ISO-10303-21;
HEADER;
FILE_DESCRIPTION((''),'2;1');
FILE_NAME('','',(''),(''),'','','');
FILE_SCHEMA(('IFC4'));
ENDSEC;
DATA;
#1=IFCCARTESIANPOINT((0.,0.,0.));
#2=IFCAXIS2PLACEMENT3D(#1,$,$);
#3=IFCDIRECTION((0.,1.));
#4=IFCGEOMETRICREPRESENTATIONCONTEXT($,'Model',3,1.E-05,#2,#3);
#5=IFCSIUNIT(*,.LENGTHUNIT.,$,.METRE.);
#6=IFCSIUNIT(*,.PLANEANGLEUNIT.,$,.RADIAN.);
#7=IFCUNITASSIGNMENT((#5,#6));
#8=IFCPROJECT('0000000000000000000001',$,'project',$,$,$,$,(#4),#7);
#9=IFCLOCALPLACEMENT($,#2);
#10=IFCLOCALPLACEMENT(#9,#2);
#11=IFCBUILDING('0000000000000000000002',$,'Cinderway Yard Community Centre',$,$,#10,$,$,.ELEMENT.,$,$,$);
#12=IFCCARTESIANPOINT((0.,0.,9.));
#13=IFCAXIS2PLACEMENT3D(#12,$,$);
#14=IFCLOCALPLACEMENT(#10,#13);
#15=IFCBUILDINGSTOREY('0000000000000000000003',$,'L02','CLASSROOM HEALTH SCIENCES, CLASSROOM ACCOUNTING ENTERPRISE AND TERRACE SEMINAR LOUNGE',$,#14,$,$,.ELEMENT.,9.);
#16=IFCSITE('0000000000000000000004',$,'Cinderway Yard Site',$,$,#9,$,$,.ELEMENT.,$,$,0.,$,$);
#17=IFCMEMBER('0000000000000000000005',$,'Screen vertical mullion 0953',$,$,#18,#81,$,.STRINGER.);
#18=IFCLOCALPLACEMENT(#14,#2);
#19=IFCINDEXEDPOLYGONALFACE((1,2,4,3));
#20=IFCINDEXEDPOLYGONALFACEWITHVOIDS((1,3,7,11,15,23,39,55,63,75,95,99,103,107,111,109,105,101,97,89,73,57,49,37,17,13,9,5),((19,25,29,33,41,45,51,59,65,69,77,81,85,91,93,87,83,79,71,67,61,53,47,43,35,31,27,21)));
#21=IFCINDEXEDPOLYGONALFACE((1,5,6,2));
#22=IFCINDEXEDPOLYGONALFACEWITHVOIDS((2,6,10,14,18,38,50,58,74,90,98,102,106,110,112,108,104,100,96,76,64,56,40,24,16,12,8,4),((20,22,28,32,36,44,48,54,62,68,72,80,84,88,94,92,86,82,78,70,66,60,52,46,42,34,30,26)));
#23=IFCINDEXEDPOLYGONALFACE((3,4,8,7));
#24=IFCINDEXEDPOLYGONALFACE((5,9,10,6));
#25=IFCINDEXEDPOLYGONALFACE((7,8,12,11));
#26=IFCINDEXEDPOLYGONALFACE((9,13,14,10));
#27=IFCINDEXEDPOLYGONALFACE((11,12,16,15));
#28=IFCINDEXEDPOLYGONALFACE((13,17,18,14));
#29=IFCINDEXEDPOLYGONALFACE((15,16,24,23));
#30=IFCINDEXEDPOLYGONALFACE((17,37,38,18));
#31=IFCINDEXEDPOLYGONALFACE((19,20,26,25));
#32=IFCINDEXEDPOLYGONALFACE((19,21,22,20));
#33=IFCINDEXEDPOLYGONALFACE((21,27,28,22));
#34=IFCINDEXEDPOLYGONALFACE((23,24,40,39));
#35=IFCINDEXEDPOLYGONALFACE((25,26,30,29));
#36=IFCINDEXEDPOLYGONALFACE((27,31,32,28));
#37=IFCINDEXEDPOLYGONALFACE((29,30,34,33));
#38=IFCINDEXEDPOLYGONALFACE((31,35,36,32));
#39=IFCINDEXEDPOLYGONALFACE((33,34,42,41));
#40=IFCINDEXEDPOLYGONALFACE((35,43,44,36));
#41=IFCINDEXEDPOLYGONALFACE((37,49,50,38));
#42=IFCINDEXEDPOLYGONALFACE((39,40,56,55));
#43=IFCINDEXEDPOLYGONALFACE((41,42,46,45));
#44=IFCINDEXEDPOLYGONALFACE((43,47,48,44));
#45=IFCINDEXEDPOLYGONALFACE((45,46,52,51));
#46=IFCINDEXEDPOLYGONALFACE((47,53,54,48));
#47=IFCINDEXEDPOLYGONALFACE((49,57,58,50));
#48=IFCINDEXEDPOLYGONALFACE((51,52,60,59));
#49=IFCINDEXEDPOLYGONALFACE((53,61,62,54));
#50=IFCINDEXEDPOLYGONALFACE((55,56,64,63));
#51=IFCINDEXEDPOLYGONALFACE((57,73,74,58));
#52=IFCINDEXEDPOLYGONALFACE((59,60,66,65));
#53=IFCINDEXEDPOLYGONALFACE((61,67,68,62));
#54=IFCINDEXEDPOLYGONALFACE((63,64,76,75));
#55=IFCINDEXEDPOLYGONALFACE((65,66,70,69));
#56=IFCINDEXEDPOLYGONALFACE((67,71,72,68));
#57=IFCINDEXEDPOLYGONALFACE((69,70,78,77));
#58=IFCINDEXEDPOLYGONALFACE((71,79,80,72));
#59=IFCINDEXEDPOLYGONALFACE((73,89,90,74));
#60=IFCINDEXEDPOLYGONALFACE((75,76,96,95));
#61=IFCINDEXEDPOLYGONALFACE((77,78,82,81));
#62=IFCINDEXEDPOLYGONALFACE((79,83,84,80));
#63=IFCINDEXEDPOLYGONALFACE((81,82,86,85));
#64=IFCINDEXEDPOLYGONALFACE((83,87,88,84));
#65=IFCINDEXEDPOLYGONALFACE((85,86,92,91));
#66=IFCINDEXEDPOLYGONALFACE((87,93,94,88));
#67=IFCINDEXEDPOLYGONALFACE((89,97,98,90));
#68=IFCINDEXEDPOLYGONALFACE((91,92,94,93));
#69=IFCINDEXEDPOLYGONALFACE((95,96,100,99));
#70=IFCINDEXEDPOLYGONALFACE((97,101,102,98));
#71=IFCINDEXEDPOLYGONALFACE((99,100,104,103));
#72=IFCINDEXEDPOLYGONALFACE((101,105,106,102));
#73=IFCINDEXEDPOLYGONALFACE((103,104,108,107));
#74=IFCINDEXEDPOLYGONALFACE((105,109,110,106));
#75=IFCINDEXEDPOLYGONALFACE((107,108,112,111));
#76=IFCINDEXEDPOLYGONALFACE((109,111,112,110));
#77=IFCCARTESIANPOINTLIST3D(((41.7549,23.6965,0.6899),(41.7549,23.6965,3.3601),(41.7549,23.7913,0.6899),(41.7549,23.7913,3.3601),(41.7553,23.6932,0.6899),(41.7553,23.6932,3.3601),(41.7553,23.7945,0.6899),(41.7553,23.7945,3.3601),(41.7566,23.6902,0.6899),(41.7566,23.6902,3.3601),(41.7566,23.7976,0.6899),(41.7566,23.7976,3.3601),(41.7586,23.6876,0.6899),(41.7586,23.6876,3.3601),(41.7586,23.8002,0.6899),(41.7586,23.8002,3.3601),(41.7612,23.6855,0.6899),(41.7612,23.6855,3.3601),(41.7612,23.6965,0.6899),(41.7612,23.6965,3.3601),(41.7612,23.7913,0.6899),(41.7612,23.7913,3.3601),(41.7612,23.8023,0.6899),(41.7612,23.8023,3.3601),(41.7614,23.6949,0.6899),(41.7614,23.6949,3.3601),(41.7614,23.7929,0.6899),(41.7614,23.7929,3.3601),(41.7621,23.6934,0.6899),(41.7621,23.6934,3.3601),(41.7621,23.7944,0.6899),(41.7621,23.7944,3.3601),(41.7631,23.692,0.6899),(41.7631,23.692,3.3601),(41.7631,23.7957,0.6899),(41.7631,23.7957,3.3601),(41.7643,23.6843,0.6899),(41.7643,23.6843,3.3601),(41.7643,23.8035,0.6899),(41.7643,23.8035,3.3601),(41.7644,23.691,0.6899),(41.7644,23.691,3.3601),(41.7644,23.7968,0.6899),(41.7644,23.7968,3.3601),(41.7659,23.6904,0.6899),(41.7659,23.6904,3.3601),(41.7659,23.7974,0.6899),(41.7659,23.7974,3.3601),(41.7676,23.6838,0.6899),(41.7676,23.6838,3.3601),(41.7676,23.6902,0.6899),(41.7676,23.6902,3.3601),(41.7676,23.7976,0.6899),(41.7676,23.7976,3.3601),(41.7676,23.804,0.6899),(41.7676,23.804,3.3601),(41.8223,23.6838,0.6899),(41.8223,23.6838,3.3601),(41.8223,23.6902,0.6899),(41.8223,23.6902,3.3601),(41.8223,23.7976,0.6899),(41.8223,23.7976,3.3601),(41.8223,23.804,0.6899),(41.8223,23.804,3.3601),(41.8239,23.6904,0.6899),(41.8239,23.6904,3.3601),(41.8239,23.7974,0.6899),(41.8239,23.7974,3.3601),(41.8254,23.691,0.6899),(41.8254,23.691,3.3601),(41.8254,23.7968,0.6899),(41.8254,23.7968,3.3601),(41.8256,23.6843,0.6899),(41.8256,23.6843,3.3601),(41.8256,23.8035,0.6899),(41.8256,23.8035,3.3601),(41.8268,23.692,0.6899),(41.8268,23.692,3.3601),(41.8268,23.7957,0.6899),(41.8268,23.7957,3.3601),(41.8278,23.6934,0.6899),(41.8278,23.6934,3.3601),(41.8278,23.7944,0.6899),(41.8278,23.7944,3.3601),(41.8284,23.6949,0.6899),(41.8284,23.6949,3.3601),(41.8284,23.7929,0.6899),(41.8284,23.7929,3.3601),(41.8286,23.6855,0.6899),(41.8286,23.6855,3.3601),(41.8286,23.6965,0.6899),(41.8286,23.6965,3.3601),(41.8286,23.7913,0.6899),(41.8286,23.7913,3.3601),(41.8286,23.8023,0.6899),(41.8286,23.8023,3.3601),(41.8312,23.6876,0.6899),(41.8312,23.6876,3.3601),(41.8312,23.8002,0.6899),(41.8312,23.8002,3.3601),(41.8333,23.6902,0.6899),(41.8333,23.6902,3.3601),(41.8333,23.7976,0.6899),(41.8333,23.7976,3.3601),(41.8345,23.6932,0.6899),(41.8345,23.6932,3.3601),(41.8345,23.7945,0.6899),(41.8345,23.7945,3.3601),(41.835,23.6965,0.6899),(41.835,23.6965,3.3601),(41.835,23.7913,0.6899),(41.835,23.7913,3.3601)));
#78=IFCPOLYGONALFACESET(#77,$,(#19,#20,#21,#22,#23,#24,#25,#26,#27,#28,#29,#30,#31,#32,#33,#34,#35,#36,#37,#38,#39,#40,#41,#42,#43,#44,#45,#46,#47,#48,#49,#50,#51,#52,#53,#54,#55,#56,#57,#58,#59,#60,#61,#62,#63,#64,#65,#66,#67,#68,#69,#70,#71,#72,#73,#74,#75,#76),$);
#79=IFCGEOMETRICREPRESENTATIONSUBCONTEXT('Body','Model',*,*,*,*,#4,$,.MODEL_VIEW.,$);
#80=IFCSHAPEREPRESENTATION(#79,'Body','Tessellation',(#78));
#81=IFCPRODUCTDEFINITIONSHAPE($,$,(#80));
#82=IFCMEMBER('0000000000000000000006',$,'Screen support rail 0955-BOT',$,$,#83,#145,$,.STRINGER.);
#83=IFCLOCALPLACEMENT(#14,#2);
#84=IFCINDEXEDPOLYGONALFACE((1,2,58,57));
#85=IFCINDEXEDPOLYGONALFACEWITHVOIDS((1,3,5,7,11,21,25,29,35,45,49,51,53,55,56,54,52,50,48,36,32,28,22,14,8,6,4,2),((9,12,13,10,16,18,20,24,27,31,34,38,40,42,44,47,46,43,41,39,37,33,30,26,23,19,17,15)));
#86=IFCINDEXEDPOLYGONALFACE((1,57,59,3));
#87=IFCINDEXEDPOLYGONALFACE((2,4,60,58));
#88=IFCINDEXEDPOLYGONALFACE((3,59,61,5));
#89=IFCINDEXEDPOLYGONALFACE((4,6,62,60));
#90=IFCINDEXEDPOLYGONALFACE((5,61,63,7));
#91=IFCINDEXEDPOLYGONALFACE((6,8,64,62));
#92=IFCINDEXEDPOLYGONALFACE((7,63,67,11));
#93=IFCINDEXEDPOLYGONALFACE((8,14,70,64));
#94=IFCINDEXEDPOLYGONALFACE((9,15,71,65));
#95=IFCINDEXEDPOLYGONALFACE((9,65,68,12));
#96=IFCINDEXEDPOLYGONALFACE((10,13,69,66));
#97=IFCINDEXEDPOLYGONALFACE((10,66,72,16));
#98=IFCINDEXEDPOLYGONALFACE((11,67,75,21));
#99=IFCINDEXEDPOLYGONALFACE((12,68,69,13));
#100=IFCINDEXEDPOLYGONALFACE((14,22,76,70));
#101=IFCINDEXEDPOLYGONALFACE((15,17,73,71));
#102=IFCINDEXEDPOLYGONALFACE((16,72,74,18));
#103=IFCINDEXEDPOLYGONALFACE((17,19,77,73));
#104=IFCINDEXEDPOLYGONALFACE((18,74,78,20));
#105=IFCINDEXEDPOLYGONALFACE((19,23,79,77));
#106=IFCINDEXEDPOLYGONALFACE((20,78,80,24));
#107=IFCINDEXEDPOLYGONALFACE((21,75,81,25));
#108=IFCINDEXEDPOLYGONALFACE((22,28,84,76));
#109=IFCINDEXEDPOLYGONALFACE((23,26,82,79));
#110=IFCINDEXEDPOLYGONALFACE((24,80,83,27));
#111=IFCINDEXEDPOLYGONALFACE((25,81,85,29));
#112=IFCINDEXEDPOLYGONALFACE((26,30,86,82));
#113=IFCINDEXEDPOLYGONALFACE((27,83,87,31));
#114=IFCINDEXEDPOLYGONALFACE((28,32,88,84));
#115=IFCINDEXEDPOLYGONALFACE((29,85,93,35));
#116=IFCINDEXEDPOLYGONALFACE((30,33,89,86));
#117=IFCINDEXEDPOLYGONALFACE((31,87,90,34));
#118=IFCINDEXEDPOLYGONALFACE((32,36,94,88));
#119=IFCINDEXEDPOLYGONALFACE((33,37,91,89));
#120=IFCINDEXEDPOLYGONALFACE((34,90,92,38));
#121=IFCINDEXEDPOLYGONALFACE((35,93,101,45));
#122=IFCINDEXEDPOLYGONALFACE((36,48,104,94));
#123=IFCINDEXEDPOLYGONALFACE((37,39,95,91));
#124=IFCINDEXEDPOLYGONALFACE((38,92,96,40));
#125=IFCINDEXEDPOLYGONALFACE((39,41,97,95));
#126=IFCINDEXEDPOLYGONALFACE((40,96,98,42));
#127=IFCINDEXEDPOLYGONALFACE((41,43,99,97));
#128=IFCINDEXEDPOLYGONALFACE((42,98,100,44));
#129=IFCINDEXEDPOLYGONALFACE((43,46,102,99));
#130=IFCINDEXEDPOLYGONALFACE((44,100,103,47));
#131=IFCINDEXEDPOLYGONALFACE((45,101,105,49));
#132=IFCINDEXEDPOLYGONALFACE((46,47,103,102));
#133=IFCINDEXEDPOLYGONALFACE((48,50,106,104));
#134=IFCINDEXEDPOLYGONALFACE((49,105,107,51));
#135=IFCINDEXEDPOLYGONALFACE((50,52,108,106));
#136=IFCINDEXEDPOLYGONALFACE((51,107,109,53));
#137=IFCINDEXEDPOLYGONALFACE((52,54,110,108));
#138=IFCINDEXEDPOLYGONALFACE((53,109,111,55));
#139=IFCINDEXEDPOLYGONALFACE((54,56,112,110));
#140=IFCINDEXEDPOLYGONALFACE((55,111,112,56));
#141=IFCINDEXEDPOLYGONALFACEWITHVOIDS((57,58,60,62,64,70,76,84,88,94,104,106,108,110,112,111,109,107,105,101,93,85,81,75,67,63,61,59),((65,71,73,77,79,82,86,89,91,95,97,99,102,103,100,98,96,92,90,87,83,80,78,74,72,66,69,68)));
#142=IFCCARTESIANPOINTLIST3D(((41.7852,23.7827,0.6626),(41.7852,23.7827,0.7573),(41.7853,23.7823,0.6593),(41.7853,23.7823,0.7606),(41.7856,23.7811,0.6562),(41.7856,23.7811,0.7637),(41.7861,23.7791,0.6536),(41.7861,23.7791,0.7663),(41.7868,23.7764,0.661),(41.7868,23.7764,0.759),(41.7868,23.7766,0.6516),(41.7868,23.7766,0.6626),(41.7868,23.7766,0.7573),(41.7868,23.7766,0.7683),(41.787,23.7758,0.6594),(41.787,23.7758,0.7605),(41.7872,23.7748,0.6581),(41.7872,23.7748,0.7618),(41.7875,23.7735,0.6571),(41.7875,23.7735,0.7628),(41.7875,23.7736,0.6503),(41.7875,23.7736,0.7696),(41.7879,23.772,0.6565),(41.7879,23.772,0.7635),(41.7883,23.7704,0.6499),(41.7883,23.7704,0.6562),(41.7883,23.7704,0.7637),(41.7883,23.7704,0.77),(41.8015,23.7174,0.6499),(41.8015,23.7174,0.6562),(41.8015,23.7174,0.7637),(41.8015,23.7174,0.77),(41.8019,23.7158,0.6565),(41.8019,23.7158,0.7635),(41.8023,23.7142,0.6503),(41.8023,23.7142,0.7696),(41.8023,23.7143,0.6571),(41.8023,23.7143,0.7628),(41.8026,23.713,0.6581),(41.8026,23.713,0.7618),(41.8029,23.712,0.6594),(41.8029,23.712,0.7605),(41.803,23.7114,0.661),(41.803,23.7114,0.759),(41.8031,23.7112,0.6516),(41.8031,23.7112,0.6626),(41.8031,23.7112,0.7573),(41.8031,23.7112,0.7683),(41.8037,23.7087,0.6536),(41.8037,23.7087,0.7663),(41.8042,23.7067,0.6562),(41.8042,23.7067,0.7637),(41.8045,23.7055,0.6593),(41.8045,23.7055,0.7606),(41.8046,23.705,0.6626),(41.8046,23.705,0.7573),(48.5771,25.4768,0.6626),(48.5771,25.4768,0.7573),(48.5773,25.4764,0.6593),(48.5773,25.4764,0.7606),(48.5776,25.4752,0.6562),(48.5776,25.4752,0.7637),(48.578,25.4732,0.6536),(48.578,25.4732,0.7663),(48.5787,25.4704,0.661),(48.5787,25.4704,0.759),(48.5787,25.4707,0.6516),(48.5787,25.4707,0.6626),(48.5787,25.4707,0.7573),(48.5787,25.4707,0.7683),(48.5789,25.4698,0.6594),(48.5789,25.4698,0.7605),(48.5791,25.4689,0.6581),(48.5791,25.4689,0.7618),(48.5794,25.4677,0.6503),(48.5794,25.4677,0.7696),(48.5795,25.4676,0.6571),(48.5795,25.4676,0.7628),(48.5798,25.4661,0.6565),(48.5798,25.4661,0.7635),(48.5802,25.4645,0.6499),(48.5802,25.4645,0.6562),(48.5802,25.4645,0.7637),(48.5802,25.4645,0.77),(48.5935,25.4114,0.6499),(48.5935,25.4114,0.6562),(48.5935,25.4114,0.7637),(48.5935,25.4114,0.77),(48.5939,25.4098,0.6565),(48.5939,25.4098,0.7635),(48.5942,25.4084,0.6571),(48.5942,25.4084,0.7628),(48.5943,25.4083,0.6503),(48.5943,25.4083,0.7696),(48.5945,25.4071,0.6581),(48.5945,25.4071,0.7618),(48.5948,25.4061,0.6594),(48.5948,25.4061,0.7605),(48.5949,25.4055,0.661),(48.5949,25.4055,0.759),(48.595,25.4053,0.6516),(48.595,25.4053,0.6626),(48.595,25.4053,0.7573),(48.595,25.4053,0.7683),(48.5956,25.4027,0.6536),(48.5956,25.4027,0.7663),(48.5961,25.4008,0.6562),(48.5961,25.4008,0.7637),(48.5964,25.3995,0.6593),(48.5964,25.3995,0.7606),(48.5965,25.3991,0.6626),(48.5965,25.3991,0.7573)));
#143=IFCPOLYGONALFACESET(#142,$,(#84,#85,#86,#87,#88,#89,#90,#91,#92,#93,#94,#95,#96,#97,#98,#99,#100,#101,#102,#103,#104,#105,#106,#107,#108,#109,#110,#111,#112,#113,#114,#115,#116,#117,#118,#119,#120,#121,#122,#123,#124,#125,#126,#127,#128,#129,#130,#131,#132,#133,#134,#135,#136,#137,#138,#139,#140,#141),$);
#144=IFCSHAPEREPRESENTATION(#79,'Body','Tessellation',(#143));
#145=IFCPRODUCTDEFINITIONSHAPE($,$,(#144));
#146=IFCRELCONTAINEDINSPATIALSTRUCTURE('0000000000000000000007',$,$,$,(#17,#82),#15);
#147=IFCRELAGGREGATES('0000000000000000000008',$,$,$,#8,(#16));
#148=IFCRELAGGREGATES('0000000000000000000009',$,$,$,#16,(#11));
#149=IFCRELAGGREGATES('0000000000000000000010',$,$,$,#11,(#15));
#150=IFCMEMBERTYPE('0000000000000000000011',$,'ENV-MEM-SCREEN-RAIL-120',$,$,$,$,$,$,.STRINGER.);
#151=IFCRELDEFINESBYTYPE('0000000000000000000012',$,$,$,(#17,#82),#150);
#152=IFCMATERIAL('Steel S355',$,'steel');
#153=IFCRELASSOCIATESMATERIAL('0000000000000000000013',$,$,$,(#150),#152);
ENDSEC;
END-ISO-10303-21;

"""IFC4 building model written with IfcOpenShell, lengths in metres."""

from ifc_helpers import new_model, si_unit, direction, frame, origin, origin_2d, place, context, subcontext, project, spatial, hollow_rectangle, extrude, material, material_profile, profile_set, type_object, element, save


model = new_model("IFC4")

# Units and contexts
model_context = context("Model", 3, precision=1e-05, world=origin(), true_north=direction((0.0, 1.0)))
body_context = subcontext(model_context, "Body", "Model", "MODEL_VIEW")
ifc_project = project(units=[si_unit("LENGTHUNIT", "METRE"), si_unit("PLANEANGLEUNIT", "RADIAN")], contexts=[model_context])

# Site, building, storey
site_placement = place(None, origin())
site = spatial("IfcSite", under=ifc_project, at=site_placement, Name="Cinderway Yard Site", CompositionType="ELEMENT", RefElevation=0.0)
building_placement = place(site_placement, origin())
building = spatial("IfcBuilding", under=site, at=building_placement, Name="Cinderway Yard Community Centre", CompositionType="ELEMENT")
storey_placement = place(building_placement, frame((0.0, 0.0, 9.0)))
storey = spatial("IfcBuildingStorey", under=building, at=storey_placement, Name="L02", Description="CLASSROOM HEALTH SCIENCES, CLASSROOM ACCOUNTING ENTERPRISE AND TERRACE SEMINAR LOUNGE", CompositionType="ELEMENT", Elevation=9.0)

# Members
ifc_material_1 = material(Name="Steel S355", Category="steel")
ifc_material_profile_1 = material_profile(ifc_material_1, hollow_rectangle(XDim=0.0801, YDim=0.1201, WallThickness=0.0063, InnerFilletRadius=0.0063, OuterFilletRadius=0.0127, at=origin_2d()), Name="Steel S355")
ifc_profile_set_1 = profile_set([ifc_material_profile_1], Name="Steel S355")
member_type_1 = type_object("IfcMemberType", Name="ENV-MEM-SCREEN-RAIL-120", PredefinedType="STRINGER", material=ifc_profile_set_1)
member_placement = place(storey_placement, frame((41.7949, 23.7439, 0.6899), z_axis=(0.0, 0.0, 1.0), x_axis=(1.0, 0.0, 0.0)))
element("IfcMember", 1, at=member_placement, inside=storey, type_object=member_type_1, Name="Screen vertical mullion 0953", PredefinedType="STRINGER", context=body_context, shape_type="SweptSolid", body=[
    extrude(hollow_rectangle(XDim=0.0801, YDim=0.1201, WallThickness=0.0063, InnerFilletRadius=0.0063, OuterFilletRadius=0.0127, at=origin_2d()), origin(), (0.0, 0.0, 1.0), 2.6702),
])
for number, where, z_axis, x_axis, name in (
    (2, (41.7949, 23.7439, 0.71), (0.970274, 0.24201, 0.0), (-0.24201, 0.970274, 0.0), "Screen support rail 0955-BOT"),
):
    element("IfcMember", number, at=place(storey_placement, frame(where, z_axis=z_axis, x_axis=x_axis)), inside=storey, type_object=member_type_1, Name=name, PredefinedType="STRINGER", context=body_context, shape_type="SweptSolid", body=[
        extrude(hollow_rectangle(XDim=0.0801, YDim=0.1201, WallThickness=0.0063, InnerFilletRadius=0.0063, OuterFilletRadius=0.0127, at=origin_2d()), origin(), (0.0, 0.0, 1.0), 7.0),
    ])

save(model, "model.ifc")
